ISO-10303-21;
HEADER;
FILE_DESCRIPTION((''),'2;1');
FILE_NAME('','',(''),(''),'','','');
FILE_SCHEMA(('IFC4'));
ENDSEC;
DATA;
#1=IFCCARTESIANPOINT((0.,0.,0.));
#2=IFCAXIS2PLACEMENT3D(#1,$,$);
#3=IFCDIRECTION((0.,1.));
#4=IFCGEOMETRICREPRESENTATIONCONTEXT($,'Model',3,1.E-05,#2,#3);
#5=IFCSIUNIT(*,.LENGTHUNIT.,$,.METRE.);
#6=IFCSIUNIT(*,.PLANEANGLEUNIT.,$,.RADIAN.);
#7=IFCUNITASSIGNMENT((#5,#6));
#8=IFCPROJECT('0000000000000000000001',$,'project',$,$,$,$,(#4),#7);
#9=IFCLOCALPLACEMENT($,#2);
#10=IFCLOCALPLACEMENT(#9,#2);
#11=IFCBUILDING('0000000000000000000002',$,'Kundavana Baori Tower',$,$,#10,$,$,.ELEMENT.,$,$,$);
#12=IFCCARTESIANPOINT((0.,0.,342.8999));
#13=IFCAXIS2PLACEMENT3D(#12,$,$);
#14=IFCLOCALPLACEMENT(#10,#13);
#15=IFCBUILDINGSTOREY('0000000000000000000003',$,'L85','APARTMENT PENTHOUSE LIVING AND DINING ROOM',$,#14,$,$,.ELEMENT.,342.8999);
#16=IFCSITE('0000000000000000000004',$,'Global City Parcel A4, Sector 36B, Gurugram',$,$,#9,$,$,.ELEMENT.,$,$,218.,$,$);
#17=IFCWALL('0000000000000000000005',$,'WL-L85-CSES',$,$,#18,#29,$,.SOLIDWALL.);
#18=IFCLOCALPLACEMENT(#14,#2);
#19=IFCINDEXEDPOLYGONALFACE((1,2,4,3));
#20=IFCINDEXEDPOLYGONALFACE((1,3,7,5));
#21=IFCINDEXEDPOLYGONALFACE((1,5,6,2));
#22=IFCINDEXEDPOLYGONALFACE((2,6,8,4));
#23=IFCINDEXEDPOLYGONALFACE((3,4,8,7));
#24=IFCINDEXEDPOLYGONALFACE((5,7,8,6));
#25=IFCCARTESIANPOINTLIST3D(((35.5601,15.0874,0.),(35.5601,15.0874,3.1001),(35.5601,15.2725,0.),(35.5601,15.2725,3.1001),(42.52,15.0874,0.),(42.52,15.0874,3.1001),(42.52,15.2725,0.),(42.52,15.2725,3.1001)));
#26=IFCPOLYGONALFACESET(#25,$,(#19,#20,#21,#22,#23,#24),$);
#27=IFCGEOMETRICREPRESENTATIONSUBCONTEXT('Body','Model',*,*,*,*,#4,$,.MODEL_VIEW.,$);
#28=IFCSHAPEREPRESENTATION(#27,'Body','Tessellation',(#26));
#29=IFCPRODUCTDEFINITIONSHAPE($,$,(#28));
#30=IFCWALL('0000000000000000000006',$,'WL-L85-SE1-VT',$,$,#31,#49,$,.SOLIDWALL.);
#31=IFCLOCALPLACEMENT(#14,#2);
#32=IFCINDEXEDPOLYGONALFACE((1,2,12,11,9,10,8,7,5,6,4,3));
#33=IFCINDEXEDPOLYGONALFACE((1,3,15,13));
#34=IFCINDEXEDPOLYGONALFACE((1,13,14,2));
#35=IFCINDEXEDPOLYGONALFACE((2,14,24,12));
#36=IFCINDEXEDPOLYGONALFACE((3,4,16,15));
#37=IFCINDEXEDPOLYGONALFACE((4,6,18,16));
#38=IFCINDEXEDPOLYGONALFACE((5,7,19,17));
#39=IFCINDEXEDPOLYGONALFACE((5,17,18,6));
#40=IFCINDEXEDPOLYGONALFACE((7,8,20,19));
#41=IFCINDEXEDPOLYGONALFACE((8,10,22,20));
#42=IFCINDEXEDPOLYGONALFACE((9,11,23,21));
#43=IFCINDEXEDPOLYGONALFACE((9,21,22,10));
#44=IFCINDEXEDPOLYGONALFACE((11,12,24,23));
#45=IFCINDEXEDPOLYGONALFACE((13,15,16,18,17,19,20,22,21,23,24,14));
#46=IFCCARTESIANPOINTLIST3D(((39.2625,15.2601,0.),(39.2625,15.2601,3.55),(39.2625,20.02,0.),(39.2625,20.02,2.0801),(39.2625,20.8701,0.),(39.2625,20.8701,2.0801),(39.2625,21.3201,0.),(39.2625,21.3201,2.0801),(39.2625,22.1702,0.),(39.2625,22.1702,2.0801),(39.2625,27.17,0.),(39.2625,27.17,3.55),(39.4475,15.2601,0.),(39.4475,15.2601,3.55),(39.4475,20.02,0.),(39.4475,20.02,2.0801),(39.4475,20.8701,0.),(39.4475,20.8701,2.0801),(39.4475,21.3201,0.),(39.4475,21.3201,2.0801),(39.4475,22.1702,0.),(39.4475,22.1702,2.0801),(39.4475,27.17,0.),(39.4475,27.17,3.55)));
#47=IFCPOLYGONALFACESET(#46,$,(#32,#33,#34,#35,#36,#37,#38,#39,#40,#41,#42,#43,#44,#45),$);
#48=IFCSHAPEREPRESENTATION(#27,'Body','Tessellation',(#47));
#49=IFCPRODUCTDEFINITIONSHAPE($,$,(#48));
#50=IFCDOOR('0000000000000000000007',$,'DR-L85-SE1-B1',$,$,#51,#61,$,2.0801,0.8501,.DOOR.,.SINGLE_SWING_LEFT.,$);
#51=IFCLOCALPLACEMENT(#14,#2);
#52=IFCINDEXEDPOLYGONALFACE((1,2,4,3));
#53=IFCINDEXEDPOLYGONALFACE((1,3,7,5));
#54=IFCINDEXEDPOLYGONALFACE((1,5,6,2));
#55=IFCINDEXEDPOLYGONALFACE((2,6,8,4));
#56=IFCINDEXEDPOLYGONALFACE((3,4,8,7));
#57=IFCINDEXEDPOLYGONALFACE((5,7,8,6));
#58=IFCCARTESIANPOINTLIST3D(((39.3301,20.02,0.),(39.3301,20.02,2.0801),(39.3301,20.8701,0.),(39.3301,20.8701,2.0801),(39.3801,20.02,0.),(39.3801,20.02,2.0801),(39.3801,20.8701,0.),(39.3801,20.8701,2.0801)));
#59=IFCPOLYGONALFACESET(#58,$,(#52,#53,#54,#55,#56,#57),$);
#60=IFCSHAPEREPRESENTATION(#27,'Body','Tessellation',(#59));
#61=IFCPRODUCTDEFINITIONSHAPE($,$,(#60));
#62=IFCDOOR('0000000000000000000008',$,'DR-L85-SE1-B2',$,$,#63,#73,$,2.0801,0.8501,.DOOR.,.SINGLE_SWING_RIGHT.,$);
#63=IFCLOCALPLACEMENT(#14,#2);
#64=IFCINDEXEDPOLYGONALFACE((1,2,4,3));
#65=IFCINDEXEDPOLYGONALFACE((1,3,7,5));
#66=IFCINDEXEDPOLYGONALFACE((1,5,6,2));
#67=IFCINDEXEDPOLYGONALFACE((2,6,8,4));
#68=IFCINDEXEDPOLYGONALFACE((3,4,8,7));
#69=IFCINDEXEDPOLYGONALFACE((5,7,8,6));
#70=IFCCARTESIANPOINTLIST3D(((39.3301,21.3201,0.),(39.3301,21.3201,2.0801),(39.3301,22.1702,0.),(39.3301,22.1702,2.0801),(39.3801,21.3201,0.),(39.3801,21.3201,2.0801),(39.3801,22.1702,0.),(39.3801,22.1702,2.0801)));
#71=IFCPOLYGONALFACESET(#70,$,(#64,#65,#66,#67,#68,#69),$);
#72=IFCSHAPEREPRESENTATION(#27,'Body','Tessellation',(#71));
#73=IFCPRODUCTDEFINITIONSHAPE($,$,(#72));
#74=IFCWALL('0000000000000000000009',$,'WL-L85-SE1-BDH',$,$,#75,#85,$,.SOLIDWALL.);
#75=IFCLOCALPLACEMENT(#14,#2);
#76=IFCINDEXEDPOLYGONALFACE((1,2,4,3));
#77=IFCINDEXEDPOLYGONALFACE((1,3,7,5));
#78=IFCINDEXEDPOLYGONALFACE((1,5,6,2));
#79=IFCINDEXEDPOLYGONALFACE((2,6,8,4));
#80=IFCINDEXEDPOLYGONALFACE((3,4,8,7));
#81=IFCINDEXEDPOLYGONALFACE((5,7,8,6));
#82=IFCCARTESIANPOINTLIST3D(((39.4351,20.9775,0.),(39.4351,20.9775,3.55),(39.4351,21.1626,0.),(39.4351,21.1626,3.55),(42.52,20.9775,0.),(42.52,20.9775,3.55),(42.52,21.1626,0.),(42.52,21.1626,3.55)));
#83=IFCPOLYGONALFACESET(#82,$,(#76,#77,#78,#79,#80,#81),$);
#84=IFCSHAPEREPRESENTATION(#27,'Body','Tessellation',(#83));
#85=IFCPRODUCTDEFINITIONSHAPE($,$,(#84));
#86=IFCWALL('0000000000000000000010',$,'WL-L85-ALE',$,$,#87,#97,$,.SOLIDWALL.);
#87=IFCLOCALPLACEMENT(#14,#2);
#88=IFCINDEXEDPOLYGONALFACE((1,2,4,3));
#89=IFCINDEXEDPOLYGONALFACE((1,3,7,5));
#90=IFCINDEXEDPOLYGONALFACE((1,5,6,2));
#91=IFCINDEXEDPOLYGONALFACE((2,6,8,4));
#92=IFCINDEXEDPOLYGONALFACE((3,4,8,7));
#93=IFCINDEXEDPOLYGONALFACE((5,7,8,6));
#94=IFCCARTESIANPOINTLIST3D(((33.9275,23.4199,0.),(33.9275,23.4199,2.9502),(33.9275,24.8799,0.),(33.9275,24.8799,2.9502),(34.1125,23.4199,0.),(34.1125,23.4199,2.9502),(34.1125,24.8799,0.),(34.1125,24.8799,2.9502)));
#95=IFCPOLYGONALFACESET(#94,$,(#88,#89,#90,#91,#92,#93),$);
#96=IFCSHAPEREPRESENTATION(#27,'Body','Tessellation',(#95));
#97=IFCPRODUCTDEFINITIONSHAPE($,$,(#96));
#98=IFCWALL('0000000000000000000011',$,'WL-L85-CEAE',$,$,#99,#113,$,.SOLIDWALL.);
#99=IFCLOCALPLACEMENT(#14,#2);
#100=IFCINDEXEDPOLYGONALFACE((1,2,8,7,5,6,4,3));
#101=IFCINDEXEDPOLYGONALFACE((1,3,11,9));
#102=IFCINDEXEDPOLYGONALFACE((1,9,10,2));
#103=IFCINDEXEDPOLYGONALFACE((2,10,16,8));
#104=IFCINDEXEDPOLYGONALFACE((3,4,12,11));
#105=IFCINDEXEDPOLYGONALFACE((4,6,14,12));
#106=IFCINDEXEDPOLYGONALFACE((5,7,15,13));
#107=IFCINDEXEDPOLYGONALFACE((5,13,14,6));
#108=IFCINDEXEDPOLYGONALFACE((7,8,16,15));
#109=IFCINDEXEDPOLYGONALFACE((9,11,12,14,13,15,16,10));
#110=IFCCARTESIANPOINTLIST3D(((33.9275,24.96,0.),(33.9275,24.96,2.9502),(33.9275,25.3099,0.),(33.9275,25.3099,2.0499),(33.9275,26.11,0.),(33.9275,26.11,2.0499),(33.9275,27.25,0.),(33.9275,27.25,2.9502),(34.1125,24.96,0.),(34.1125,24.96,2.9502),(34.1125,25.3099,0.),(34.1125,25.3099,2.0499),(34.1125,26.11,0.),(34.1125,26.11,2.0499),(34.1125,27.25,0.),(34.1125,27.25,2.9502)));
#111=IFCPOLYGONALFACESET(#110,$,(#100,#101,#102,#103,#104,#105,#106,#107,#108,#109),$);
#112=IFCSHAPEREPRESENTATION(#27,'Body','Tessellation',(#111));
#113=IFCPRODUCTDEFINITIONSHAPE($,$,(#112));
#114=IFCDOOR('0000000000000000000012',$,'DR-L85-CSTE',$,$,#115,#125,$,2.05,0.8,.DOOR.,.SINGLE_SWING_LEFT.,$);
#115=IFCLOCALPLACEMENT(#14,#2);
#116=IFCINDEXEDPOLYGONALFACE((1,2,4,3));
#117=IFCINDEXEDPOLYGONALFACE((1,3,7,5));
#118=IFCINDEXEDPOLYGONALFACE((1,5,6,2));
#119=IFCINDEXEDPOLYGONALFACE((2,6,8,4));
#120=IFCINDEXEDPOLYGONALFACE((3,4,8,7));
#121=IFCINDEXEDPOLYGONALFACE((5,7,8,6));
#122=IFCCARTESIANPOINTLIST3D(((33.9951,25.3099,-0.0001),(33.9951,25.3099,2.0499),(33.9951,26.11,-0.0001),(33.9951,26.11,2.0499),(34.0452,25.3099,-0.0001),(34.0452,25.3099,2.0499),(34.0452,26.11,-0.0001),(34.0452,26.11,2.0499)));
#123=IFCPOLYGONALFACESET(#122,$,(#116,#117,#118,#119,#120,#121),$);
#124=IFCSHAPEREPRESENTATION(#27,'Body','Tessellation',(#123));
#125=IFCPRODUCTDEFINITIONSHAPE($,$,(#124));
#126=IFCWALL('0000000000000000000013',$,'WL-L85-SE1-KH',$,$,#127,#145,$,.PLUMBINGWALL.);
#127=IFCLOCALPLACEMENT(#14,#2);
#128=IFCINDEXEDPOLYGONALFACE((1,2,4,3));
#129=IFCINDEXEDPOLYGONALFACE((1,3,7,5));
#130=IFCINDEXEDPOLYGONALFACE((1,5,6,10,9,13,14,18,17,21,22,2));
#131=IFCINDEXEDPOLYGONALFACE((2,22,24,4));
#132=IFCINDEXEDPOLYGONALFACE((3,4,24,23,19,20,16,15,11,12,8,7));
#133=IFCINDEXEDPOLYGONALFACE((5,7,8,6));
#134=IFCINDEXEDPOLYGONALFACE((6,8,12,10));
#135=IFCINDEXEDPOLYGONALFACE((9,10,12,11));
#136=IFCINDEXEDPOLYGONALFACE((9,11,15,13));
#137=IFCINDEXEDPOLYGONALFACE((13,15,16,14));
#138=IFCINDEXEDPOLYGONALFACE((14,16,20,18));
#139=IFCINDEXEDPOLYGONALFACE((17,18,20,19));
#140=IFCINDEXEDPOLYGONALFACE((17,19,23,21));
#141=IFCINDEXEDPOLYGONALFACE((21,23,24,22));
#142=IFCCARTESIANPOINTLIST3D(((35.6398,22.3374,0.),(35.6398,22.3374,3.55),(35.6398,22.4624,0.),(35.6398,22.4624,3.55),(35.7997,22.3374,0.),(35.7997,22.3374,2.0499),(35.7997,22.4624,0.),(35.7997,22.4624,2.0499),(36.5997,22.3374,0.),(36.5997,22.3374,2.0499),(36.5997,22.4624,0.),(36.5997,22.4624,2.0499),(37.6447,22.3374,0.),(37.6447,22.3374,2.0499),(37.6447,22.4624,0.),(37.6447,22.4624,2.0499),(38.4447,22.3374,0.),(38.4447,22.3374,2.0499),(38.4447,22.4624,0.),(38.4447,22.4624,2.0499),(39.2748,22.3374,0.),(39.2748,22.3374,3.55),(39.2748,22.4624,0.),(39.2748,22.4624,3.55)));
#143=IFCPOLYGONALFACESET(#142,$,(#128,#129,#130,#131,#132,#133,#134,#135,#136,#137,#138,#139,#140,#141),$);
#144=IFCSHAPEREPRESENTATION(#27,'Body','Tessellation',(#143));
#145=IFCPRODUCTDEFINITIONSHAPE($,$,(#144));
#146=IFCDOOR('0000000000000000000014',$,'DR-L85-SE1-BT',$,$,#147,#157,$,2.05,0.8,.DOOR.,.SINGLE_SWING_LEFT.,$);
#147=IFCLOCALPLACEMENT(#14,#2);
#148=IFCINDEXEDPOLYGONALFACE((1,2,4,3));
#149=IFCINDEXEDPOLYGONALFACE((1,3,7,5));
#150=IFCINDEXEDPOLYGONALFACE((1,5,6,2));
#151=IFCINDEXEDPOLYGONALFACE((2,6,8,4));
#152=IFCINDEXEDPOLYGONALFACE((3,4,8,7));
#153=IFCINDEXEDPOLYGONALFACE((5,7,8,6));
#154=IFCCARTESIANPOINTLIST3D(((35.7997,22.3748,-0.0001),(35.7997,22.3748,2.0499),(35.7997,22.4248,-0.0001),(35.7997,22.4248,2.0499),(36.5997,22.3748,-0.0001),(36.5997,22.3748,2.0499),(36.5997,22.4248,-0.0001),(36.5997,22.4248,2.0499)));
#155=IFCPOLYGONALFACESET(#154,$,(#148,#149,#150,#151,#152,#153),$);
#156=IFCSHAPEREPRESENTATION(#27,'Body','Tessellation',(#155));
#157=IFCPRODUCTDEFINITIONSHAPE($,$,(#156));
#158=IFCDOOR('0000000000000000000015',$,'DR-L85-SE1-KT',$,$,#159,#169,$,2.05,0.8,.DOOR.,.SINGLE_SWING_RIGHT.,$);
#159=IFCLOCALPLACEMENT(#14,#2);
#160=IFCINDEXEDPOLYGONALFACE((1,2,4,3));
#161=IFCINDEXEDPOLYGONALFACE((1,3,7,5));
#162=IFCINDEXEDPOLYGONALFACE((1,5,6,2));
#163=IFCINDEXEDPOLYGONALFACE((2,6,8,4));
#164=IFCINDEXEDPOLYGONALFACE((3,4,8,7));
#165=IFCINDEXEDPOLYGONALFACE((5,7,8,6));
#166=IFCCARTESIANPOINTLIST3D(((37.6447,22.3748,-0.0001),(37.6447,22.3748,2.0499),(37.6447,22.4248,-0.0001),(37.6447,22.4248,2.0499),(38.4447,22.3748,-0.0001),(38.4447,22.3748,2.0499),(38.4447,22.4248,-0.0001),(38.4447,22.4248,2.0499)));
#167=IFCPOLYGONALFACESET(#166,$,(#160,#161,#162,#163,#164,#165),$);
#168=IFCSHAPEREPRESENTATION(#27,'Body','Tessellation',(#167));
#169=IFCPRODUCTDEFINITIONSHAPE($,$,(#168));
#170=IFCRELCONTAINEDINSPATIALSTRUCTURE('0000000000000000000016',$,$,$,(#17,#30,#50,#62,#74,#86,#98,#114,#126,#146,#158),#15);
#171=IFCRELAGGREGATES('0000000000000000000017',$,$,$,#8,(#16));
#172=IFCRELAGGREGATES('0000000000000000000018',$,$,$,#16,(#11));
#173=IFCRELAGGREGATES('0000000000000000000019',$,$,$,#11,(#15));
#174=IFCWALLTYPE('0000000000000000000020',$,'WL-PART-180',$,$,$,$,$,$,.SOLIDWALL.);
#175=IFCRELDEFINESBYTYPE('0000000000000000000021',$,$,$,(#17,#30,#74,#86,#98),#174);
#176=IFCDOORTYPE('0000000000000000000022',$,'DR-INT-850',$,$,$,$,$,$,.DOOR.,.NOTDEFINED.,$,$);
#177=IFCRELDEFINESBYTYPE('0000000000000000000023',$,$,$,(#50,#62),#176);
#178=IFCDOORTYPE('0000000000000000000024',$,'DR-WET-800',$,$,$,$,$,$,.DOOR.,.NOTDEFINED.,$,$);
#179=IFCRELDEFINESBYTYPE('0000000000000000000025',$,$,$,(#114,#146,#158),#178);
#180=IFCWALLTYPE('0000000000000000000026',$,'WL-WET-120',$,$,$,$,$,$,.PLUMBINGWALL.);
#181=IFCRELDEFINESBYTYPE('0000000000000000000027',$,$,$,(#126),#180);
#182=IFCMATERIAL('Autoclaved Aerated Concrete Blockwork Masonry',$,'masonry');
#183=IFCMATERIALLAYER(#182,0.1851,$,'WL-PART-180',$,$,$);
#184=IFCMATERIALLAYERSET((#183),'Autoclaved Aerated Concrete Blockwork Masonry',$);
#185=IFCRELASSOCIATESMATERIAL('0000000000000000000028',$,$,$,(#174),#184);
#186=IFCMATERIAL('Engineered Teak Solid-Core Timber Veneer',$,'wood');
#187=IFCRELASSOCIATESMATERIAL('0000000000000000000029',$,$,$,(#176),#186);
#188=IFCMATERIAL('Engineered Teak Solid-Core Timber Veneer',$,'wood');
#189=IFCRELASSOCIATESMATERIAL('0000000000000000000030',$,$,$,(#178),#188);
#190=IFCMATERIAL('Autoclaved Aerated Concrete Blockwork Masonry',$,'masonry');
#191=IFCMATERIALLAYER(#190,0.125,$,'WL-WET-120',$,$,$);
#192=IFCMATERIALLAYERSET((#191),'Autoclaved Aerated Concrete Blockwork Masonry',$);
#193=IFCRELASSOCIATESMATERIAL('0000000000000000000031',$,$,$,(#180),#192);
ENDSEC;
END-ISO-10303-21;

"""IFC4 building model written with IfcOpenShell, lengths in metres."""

from ifc_helpers import new_model, si_unit, direction, frame, frame_2d, origin, place, context, subcontext, project, spatial, rectangle, extrude, material, layer, layer_set, type_object, element, fill, save


model = new_model("IFC4")

# Units and contexts
model_context = context("Model", 3, precision=1e-05, world=origin(), true_north=direction((0.0, 1.0)))
body_context = subcontext(model_context, "Body", "Model", "MODEL_VIEW")
ifc_project = project(units=[si_unit("LENGTHUNIT", "METRE"), si_unit("PLANEANGLEUNIT", "RADIAN")], contexts=[model_context])

# Site, building, storey
site_placement = place(None, origin())
site = spatial("IfcSite", under=ifc_project, at=site_placement, Name="Global City Parcel A4, Sector 36B, Gurugram", CompositionType="ELEMENT", RefElevation=218.0)
building_placement = place(site_placement, origin())
building = spatial("IfcBuilding", under=site, at=building_placement, Name="Kundavana Baori Tower", CompositionType="ELEMENT")
storey_placement = place(building_placement, frame((0.0, 0.0, 342.8999)))
storey = spatial("IfcBuildingStorey", under=building, at=storey_placement, Name="L85", Description="APARTMENT PENTHOUSE LIVING AND DINING ROOM", CompositionType="ELEMENT", Elevation=342.8999)

# Shared definitions
ifc_material_1 = material(Name="Autoclaved Aerated Concrete Blockwork Masonry", Category="masonry")
ifc_layer_1 = layer(ifc_material_1, 0.1851, Name="WL-PART-180")
ifc_layer_set_1 = layer_set([ifc_layer_1], Name="Autoclaved Aerated Concrete Blockwork Masonry")
wall_type_1 = type_object("IfcWallType", Name="WL-PART-180", PredefinedType="SOLIDWALL", material=ifc_layer_set_1)

# Wall
wall_1_placement = place(storey_placement, frame((35.5601, 15.1799, 0.0), z_axis=(0.0, 0.0, 1.0), x_axis=(1.0, 0.0, 0.0)))
element("IfcWall", 1, at=wall_1_placement, inside=storey, type_object=wall_type_1, Name="WL-L85-CSES", PredefinedType="SOLIDWALL", context=body_context, shape_type="SweptSolid", body=[
    extrude(rectangle(XDim=6.96, YDim=0.1851, at=frame_2d((3.48, 0.0))), origin(), (0.0, 0.0, 1.0), 3.1001),
])

# Wall, openings, doors
wall_2_placement = place(storey_placement, frame((39.355, 15.26, 0.0), z_axis=(0.0, 0.0, 1.0), x_axis=(0.0, 1.0, 0.0)))
wall_2 = element("IfcWall", 2, at=wall_2_placement, inside=storey, type_object=wall_type_1, Name="WL-L85-SE1-VT", PredefinedType="SOLIDWALL", context=body_context, shape_type="SweptSolid", body=[
    extrude(rectangle(XDim=11.9099, YDim=0.1851, at=frame_2d((5.9551, 0.0))), origin(), (0.0, 0.0, 1.0), 3.55),
])
opening_1_placement = place(wall_2_placement, frame((4.76, 0.0, 0.0)))
opening_1 = element("IfcOpeningElement", 3, at=opening_1_placement, cuts=wall_2, PredefinedType="OPENING", context=body_context, shape_type="SweptSolid", body=[
    extrude(rectangle(XDim=0.8501, YDim=2.0801, at=frame_2d((0.425, 1.04))), frame((0.0, 0.1025, 0.0), z_axis=(0.0, -1.0, 0.0), x_axis=(1.0, 0.0, 0.0)), (0.0, 0.0, 1.0), 0.2051),
])
opening_2_placement = place(wall_2_placement, frame((6.0601, 0.0, 0.0)))
opening_2 = element("IfcOpeningElement", 4, at=opening_2_placement, cuts=wall_2, PredefinedType="OPENING", context=body_context, shape_type="SweptSolid", body=[
    extrude(rectangle(XDim=0.8501, YDim=2.0801, at=frame_2d((0.425, 1.04))), frame((0.0, 0.1025, 0.0), z_axis=(0.0, -1.0, 0.0), x_axis=(1.0, 0.0, 0.0)), (0.0, 0.0, 1.0), 0.2051),
])
ifc_material_2 = material(Name="Engineered Teak Solid-Core Timber Veneer", Category="wood")
door_type_1 = type_object("IfcDoorType", Name="DR-INT-850", OperationType="NOTDEFINED", PredefinedType="DOOR", material=ifc_material_2)
door_1_placement = place(opening_1_placement, origin())
door_1 = element("IfcDoor", 5, at=door_1_placement, inside=storey, type_object=door_type_1, Name="DR-L85-SE1-B1", OperationType="SINGLE_SWING_LEFT", OverallHeight=2.0801, OverallWidth=0.8501, PredefinedType="DOOR", context=body_context, shape_type="SweptSolid", body=[
    extrude(rectangle(XDim=0.8501, YDim=2.0801, at=frame_2d((0.425, 1.04))), frame((0.0, 0.0249, 0.0), z_axis=(0.0, -1.0, 0.0), x_axis=(1.0, 0.0, 0.0)), (0.0, 0.0, 1.0), 0.05),
])
fill(opening_1, door_1)
door_2_placement = place(opening_2_placement, origin())
door_2 = element("IfcDoor", 6, at=door_2_placement, inside=storey, type_object=door_type_1, Name="DR-L85-SE1-B2", OperationType="SINGLE_SWING_RIGHT", OverallHeight=2.0801, OverallWidth=0.8501, PredefinedType="DOOR", context=body_context, shape_type="SweptSolid", body=[
    extrude(rectangle(XDim=0.8501, YDim=2.0801, at=frame_2d((0.425, 1.04))), frame((0.0, 0.0249, 0.0), z_axis=(0.0, -1.0, 0.0), x_axis=(1.0, 0.0, 0.0)), (0.0, 0.0, 1.0), 0.05),
])
fill(opening_2, door_2)

# Walls
wall_3_placement = place(storey_placement, frame((39.4351, 21.0701, 0.0), z_axis=(0.0, 0.0, 1.0), x_axis=(1.0, 0.0, 0.0)))
element("IfcWall", 7, at=wall_3_placement, inside=storey, type_object=wall_type_1, Name="WL-L85-SE1-BDH", PredefinedType="SOLIDWALL", context=body_context, shape_type="SweptSolid", body=[
    extrude(rectangle(XDim=3.085, YDim=0.1851, at=frame_2d((1.5425, 0.0))), origin(), (0.0, 0.0, 1.0), 3.55),
])
wall_4_placement = place(storey_placement, frame((34.02, 23.4199, 0.0), z_axis=(0.0, 0.0, 1.0), x_axis=(0.0, 1.0, 0.0)))
element("IfcWall", 8, at=wall_4_placement, inside=storey, type_object=wall_type_1, Name="WL-L85-ALE", PredefinedType="SOLIDWALL", context=body_context, shape_type="SweptSolid", body=[
    extrude(rectangle(XDim=1.46, YDim=0.1851, at=frame_2d((0.73, 0.0))), origin(), (0.0, 0.0, 1.0), 2.9502),
])

# Wall, opening, door
wall_5_placement = place(storey_placement, frame((34.02, 24.96, 0.0), z_axis=(0.0, 0.0, 1.0), x_axis=(0.0, 1.0, 0.0)))
wall_5 = element("IfcWall", 9, at=wall_5_placement, inside=storey, type_object=wall_type_1, Name="WL-L85-CEAE", PredefinedType="SOLIDWALL", context=body_context, shape_type="SweptSolid", body=[
    extrude(rectangle(XDim=2.29, YDim=0.1851, at=frame_2d((1.145, 0.0))), origin(), (0.0, 0.0, 1.0), 2.9502),
])
opening_3_placement = place(wall_5_placement, frame((0.3501, 0.0, 0.0)))
opening_3 = element("IfcOpeningElement", 10, at=opening_3_placement, cuts=wall_5, PredefinedType="OPENING", context=body_context, shape_type="SweptSolid", body=[
    extrude(rectangle(XDim=0.8, YDim=2.05, at=frame_2d((0.3999, 1.0249))), frame((0.0, 0.1025, 0.0), z_axis=(0.0, -1.0, 0.0), x_axis=(1.0, 0.0, 0.0)), (0.0, 0.0, 1.0), 0.2051),
])
ifc_material_3 = material(Name="Engineered Teak Solid-Core Timber Veneer", Category="wood")
door_type_2 = type_object("IfcDoorType", Name="DR-WET-800", OperationType="NOTDEFINED", PredefinedType="DOOR", material=ifc_material_3)
door_3_placement = place(opening_3_placement, origin())
door_3 = element("IfcDoor", 11, at=door_3_placement, inside=storey, type_object=door_type_2, Name="DR-L85-CSTE", OperationType="SINGLE_SWING_LEFT", OverallHeight=2.05, OverallWidth=0.8, PredefinedType="DOOR", context=body_context, shape_type="SweptSolid", body=[
    extrude(rectangle(XDim=0.8, YDim=2.05, at=frame_2d((0.3999, 1.0249))), frame((0.0, 0.0249, 0.0), z_axis=(0.0, -1.0, 0.0), x_axis=(1.0, 0.0, 0.0)), (0.0, 0.0, 1.0), 0.05),
])
fill(opening_3, door_3)

# Wall, openings, doors
ifc_material_4 = material(Name="Autoclaved Aerated Concrete Blockwork Masonry", Category="masonry")
ifc_layer_2 = layer(ifc_material_4, 0.125, Name="WL-WET-120")
ifc_layer_set_2 = layer_set([ifc_layer_2], Name="Autoclaved Aerated Concrete Blockwork Masonry")
wall_type_2 = type_object("IfcWallType", Name="WL-WET-120", PredefinedType="PLUMBINGWALL", material=ifc_layer_set_2)
wall_6_placement = place(storey_placement, frame((35.6399, 22.3999, 0.0), z_axis=(0.0, 0.0, 1.0), x_axis=(1.0, 0.0, 0.0)))
wall_6 = element("IfcWall", 12, at=wall_6_placement, inside=storey, type_object=wall_type_2, Name="WL-L85-SE1-KH", PredefinedType="PLUMBINGWALL", context=body_context, shape_type="SweptSolid", body=[
    extrude(rectangle(XDim=3.635, YDim=0.125, at=frame_2d((1.8174, 0.0))), origin(), (0.0, 0.0, 1.0), 3.55),
])
opening_4_placement = place(wall_6_placement, frame((0.1599, 0.0, 0.0)))
opening_4 = element("IfcOpeningElement", 13, at=opening_4_placement, cuts=wall_6, PredefinedType="OPENING", context=body_context, shape_type="SweptSolid", body=[
    extrude(rectangle(XDim=0.8, YDim=2.05, at=frame_2d((0.3999, 1.0249))), frame((0.0, 0.0725, 0.0), z_axis=(0.0, -1.0, 0.0), x_axis=(1.0, 0.0, 0.0)), (0.0, 0.0, 1.0), 0.145),
])
opening_5_placement = place(wall_6_placement, frame((2.0049, 0.0, 0.0)))
opening_5 = element("IfcOpeningElement", 14, at=opening_5_placement, cuts=wall_6, PredefinedType="OPENING", context=body_context, shape_type="SweptSolid", body=[
    extrude(rectangle(XDim=0.8, YDim=2.05, at=frame_2d((0.3999, 1.0249))), frame((0.0, 0.0725, 0.0), z_axis=(0.0, -1.0, 0.0), x_axis=(1.0, 0.0, 0.0)), (0.0, 0.0, 1.0), 0.145),
])
door_4_placement = place(opening_4_placement, origin())
door_4 = element("IfcDoor", 15, at=door_4_placement, inside=storey, type_object=door_type_2, Name="DR-L85-SE1-BT", OperationType="SINGLE_SWING_LEFT", OverallHeight=2.05, OverallWidth=0.8, PredefinedType="DOOR", context=body_context, shape_type="SweptSolid", body=[
    extrude(rectangle(XDim=0.8, YDim=2.05, at=frame_2d((0.3999, 1.0249))), frame((0.0, 0.0249, 0.0), z_axis=(0.0, -1.0, 0.0), x_axis=(1.0, 0.0, 0.0)), (0.0, 0.0, 1.0), 0.05),
])
fill(opening_4, door_4)
door_5_placement = place(opening_5_placement, origin())
door_5 = element("IfcDoor", 16, at=door_5_placement, inside=storey, type_object=door_type_2, Name="DR-L85-SE1-KT", OperationType="SINGLE_SWING_RIGHT", OverallHeight=2.05, OverallWidth=0.8, PredefinedType="DOOR", context=body_context, shape_type="SweptSolid", body=[
    extrude(rectangle(XDim=0.8, YDim=2.05, at=frame_2d((0.3999, 1.0249))), frame((0.0, 0.0249, 0.0), z_axis=(0.0, -1.0, 0.0), x_axis=(1.0, 0.0, 0.0)), (0.0, 0.0, 1.0), 0.05),
])
fill(opening_5, door_5)

save(model, "model.ifc")
